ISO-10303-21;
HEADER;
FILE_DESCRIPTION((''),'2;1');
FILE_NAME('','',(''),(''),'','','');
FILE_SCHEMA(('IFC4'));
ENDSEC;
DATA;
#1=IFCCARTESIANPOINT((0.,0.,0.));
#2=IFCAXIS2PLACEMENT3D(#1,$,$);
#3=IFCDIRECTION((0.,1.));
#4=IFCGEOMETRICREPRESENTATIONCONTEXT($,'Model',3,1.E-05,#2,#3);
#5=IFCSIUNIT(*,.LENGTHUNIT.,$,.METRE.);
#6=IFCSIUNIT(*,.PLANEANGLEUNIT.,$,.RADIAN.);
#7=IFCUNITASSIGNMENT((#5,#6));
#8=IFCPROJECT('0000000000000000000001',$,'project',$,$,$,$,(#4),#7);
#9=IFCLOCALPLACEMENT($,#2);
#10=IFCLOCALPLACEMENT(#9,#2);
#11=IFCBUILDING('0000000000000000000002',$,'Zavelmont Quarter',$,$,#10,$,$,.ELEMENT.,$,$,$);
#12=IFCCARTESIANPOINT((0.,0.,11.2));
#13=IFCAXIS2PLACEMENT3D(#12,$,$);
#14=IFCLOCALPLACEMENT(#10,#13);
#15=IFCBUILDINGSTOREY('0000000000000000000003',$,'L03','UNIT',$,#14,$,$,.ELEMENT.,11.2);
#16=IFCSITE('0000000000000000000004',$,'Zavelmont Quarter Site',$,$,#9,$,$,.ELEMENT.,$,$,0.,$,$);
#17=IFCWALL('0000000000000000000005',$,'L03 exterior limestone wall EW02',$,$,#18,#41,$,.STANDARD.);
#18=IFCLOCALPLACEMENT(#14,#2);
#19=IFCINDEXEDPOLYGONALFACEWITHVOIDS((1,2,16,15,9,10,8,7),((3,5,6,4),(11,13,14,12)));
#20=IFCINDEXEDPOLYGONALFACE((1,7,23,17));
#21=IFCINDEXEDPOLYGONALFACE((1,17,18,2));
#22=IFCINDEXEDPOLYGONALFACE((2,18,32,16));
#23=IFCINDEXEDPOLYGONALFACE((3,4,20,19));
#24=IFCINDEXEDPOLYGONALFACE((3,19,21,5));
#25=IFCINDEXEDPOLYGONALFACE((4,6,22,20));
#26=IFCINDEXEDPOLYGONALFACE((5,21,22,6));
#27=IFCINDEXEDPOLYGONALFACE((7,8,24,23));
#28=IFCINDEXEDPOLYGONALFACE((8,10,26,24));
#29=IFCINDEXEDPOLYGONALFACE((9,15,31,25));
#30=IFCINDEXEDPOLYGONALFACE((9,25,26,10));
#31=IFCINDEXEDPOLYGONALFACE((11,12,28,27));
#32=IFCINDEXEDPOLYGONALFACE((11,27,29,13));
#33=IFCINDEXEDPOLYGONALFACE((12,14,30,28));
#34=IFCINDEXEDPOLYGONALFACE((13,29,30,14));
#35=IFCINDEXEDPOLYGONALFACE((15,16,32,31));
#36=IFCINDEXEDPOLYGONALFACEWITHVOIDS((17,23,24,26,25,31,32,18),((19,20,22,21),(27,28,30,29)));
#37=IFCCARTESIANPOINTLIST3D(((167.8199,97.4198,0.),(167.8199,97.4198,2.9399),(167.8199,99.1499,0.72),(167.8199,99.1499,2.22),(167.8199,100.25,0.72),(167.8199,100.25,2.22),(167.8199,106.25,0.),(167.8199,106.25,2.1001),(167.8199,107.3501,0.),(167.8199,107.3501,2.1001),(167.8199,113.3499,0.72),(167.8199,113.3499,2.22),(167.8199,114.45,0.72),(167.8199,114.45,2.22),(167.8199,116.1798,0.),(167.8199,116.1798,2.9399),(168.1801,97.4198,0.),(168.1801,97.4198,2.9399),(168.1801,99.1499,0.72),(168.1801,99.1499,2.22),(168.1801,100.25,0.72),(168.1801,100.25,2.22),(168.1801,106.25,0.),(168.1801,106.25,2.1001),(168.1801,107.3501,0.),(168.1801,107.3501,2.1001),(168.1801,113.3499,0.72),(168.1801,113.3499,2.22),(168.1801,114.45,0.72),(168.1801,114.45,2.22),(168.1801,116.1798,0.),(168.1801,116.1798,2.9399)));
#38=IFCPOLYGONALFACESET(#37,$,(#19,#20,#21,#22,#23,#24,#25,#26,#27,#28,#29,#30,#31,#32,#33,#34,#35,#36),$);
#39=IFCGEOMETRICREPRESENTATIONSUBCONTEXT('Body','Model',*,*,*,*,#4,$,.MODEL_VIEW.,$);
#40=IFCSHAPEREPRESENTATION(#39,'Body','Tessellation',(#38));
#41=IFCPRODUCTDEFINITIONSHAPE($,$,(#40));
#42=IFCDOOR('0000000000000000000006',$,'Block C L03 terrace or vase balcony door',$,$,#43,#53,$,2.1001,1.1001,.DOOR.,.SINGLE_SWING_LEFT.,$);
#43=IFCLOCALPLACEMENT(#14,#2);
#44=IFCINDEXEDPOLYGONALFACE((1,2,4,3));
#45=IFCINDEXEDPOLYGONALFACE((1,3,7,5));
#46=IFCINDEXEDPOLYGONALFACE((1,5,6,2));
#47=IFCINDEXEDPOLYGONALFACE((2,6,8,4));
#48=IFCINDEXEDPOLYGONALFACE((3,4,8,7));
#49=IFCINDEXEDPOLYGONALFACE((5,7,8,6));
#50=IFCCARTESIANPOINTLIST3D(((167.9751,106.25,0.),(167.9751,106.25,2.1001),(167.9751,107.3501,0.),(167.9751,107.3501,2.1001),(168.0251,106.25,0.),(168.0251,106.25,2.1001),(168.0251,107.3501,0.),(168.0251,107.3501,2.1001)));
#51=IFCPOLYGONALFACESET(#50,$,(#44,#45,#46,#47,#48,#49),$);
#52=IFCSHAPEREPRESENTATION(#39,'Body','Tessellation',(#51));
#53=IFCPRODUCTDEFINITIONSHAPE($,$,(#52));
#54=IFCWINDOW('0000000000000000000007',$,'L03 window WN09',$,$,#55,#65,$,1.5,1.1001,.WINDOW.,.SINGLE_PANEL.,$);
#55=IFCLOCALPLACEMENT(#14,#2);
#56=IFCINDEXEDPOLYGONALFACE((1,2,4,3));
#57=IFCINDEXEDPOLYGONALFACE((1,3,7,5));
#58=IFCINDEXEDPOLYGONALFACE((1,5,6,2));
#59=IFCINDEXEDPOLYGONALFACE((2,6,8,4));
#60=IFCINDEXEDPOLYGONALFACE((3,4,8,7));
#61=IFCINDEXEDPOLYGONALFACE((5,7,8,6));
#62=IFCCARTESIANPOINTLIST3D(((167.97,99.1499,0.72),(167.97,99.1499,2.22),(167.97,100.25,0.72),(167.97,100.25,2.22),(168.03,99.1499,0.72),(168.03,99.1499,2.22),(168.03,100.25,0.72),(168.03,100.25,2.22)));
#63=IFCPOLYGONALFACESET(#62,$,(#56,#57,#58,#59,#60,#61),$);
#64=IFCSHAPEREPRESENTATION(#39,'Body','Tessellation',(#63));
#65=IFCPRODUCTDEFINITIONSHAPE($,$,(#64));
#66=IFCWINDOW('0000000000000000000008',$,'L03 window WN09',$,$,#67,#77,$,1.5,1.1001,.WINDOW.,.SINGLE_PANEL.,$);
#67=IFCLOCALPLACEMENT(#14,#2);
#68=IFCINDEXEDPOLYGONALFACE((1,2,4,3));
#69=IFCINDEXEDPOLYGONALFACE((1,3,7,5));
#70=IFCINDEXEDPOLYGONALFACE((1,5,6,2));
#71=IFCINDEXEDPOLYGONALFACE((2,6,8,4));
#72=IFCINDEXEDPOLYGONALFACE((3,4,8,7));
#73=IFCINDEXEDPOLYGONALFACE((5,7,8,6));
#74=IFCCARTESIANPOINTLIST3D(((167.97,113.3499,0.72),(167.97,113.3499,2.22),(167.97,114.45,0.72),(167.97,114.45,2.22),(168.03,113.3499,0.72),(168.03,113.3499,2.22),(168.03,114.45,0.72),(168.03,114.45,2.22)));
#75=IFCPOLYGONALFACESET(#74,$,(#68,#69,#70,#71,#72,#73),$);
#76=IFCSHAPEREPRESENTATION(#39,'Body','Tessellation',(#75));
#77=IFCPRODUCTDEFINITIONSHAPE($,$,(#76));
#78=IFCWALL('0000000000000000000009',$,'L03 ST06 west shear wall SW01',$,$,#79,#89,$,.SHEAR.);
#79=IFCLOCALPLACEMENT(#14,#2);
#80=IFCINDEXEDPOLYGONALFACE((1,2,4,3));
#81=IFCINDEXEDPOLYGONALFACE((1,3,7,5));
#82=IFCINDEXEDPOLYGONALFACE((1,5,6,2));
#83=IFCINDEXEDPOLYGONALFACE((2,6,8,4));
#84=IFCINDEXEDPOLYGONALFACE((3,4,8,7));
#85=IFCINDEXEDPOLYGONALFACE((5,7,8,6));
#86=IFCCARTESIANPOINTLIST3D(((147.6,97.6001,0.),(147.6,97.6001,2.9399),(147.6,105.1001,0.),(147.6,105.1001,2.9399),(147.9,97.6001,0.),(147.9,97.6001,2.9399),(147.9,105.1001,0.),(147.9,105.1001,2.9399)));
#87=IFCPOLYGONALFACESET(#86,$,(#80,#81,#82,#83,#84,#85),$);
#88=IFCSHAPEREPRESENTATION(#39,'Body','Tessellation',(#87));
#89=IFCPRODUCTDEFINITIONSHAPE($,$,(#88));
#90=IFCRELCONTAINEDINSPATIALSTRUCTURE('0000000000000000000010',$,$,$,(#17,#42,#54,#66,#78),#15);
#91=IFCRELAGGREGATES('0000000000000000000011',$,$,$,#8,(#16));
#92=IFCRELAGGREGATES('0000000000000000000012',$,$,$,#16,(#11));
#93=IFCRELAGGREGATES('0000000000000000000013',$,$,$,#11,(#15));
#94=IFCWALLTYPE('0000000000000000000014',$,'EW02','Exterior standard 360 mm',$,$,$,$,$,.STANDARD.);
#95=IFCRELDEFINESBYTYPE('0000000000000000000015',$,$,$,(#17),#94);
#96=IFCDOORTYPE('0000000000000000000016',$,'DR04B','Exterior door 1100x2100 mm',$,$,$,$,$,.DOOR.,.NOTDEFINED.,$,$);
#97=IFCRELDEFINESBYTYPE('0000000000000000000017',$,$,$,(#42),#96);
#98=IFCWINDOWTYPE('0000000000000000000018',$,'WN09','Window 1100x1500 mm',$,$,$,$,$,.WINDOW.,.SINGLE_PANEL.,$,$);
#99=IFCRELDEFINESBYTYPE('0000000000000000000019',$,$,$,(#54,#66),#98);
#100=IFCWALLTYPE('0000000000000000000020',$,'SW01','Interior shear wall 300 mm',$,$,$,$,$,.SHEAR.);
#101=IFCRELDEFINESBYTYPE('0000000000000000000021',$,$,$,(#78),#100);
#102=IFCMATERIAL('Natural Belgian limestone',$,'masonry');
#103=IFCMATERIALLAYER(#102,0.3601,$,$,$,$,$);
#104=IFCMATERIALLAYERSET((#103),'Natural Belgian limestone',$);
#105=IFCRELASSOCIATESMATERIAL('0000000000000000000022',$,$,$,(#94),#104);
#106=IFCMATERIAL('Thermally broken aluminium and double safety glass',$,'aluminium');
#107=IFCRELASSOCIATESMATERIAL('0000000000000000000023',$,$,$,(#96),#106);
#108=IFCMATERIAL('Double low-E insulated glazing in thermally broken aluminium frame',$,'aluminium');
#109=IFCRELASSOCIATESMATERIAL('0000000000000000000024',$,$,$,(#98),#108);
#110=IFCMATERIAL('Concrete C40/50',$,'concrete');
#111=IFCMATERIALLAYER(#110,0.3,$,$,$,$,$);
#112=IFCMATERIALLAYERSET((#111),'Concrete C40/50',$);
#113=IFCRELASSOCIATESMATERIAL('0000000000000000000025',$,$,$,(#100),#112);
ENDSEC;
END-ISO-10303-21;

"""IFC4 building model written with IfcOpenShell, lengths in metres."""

from ifc_helpers import new_model, si_unit, direction, frame, frame_2d, origin, origin_with_axes, place, context, subcontext, project, spatial, rectangle, extrude, material, layer, layer_set, type_object, element, fill, save


model = new_model("IFC4")

# Units and contexts
model_context = context("Model", 3, precision=1e-05, world=origin(), true_north=direction((0.0, 1.0)))
body_context = subcontext(model_context, "Body", "Model", "MODEL_VIEW")
ifc_project = project(units=[si_unit("LENGTHUNIT", "METRE"), si_unit("PLANEANGLEUNIT", "RADIAN")], contexts=[model_context])

# Site, building, storey
site_placement = place(None, origin())
site = spatial("IfcSite", under=ifc_project, at=site_placement, Name="Zavelmont Quarter Site", CompositionType="ELEMENT", RefElevation=0.0)
building_placement = place(site_placement, origin())
building = spatial("IfcBuilding", under=site, at=building_placement, Name="Zavelmont Quarter", CompositionType="ELEMENT")
storey_placement = place(building_placement, frame((0.0, 0.0, 11.2)))
storey = spatial("IfcBuildingStorey", under=building, at=storey_placement, Name="L03", Description="UNIT", CompositionType="ELEMENT", Elevation=11.2)

# Wall, openings, door, windows
ifc_material_1 = material(Name="Natural Belgian limestone", Category="masonry")
ifc_layer_1 = layer(ifc_material_1, 0.3601)
ifc_layer_set_1 = layer_set([ifc_layer_1], Name="Natural Belgian limestone")
wall_type_1 = type_object("IfcWallType", Name="EW02", Description="Exterior standard 360 mm", PredefinedType="STANDARD", material=ifc_layer_set_1)
wall_1_placement = place(storey_placement, frame((168.0, 97.4199, 0.0), z_axis=(0.0, 0.0, 1.0), x_axis=(0.0, 1.0, 0.0)))
wall_1 = element("IfcWall", 1, at=wall_1_placement, inside=storey, type_object=wall_type_1, Name="L03 exterior limestone wall EW02", PredefinedType="STANDARD", context=body_context, shape_type="SweptSolid", body=[
    extrude(rectangle(XDim=18.76, YDim=0.3601, at=frame_2d((9.3799, 0.0))), origin(), (0.0, 0.0, 1.0), 2.9399),
])
opening_1_placement = place(wall_1_placement, frame((8.8301, 0.0, 0.0)))
opening_1 = element("IfcOpeningElement", 2, at=opening_1_placement, cuts=wall_1, PredefinedType="OPENING", context=body_context, shape_type="SweptSolid", body=[
    extrude(rectangle(XDim=1.1001, YDim=2.1001, at=frame_2d((0.55, 1.05))), frame((0.0, 0.1919, 0.0), z_axis=(0.0, -1.0, 0.0), x_axis=(1.0, 0.0, 0.0)), (0.0, 0.0, 1.0), 0.384),
])
opening_2_placement = place(wall_1_placement, frame((1.73, 0.0, 0.72)))
opening_2 = element("IfcOpeningElement", 3, at=opening_2_placement, cuts=wall_1, PredefinedType="OPENING", context=body_context, shape_type="SweptSolid", body=[
    extrude(rectangle(XDim=1.1001, YDim=1.5, at=frame_2d((0.55, 0.75))), frame((0.0, 0.1919, 0.0), z_axis=(0.0, -1.0, 0.0), x_axis=(1.0, 0.0, 0.0)), (0.0, 0.0, 1.0), 0.384),
])
opening_3_placement = place(wall_1_placement, frame((15.9299, 0.0, 0.72)))
opening_3 = element("IfcOpeningElement", 4, at=opening_3_placement, cuts=wall_1, PredefinedType="OPENING", context=body_context, shape_type="SweptSolid", body=[
    extrude(rectangle(XDim=1.1001, YDim=1.5, at=frame_2d((0.55, 0.75))), frame((0.0, 0.1919, 0.0), z_axis=(0.0, -1.0, 0.0), x_axis=(1.0, 0.0, 0.0)), (0.0, 0.0, 1.0), 0.384),
])
ifc_material_2 = material(Name="Thermally broken aluminium and double safety glass", Category="aluminium")
door_type = type_object("IfcDoorType", Name="DR04B", Description="Exterior door 1100x2100 mm", OperationType="NOTDEFINED", PredefinedType="DOOR", material=ifc_material_2)
door_placement = place(opening_1_placement, origin_with_axes())
door = element("IfcDoor", 5, at=door_placement, inside=storey, type_object=door_type, Name="Block C L03 terrace or vase balcony door", OperationType="SINGLE_SWING_LEFT", OverallHeight=2.1001, OverallWidth=1.1001, PredefinedType="DOOR", context=body_context, shape_type="SweptSolid", body=[
    extrude(rectangle(XDim=1.1001, YDim=2.1001, at=frame_2d((0.55, 1.05))), frame((0.0, 0.0249, 0.0), z_axis=(0.0, -1.0, 0.0), x_axis=(1.0, 0.0, 0.0)), (0.0, 0.0, 1.0), 0.05),
])
fill(opening_1, door)
ifc_material_3 = material(Name="Double low-E insulated glazing in thermally broken aluminium frame", Category="aluminium")
window_type = type_object("IfcWindowType", Name="WN09", Description="Window 1100x1500 mm", PartitioningType="SINGLE_PANEL", PredefinedType="WINDOW", material=ifc_material_3)
window_1_placement = place(opening_2_placement, origin_with_axes())
window_1 = element("IfcWindow", 6, at=window_1_placement, inside=storey, type_object=window_type, Name="L03 window WN09", OverallHeight=1.5, OverallWidth=1.1001, PartitioningType="SINGLE_PANEL", PredefinedType="WINDOW", context=body_context, shape_type="SweptSolid", body=[
    extrude(rectangle(XDim=1.1001, YDim=1.5, at=frame_2d((0.55, 0.75))), frame((0.0, 0.03, 0.0), z_axis=(0.0, -1.0, 0.0), x_axis=(1.0, 0.0, 0.0)), (0.0, 0.0, 1.0), 0.0601),
])
fill(opening_2, window_1)
window_2_placement = place(opening_3_placement, origin_with_axes())
window_2 = element("IfcWindow", 7, at=window_2_placement, inside=storey, type_object=window_type, Name="L03 window WN09", OverallHeight=1.5, OverallWidth=1.1001, PartitioningType="SINGLE_PANEL", PredefinedType="WINDOW", context=body_context, shape_type="SweptSolid", body=[
    extrude(rectangle(XDim=1.1001, YDim=1.5, at=frame_2d((0.55, 0.75))), frame((0.0, 0.03, 0.0), z_axis=(0.0, -1.0, 0.0), x_axis=(1.0, 0.0, 0.0)), (0.0, 0.0, 1.0), 0.0601),
])
fill(opening_3, window_2)

# Wall
ifc_material_4 = material(Name="Concrete C40/50", Category="concrete")
ifc_layer_2 = layer(ifc_material_4, 0.3)
ifc_layer_set_2 = layer_set([ifc_layer_2], Name="Concrete C40/50")
wall_type_2 = type_object("IfcWallType", Name="SW01", Description="Interior shear wall 300 mm", PredefinedType="SHEAR", material=ifc_layer_set_2)
wall_2_placement = place(storey_placement, frame((147.75, 97.6001, 0.0), z_axis=(0.0, 0.0, 1.0), x_axis=(0.0, 1.0, 0.0)))
element("IfcWall", 8, at=wall_2_placement, inside=storey, type_object=wall_type_2, Name="L03 ST06 west shear wall SW01", PredefinedType="SHEAR", context=body_context, shape_type="SweptSolid", body=[
    extrude(rectangle(XDim=7.5, YDim=0.3, at=frame_2d((3.75, 0.0))), origin(), (0.0, 0.0, 1.0), 2.9399),
])

save(model, "model.ifc")
